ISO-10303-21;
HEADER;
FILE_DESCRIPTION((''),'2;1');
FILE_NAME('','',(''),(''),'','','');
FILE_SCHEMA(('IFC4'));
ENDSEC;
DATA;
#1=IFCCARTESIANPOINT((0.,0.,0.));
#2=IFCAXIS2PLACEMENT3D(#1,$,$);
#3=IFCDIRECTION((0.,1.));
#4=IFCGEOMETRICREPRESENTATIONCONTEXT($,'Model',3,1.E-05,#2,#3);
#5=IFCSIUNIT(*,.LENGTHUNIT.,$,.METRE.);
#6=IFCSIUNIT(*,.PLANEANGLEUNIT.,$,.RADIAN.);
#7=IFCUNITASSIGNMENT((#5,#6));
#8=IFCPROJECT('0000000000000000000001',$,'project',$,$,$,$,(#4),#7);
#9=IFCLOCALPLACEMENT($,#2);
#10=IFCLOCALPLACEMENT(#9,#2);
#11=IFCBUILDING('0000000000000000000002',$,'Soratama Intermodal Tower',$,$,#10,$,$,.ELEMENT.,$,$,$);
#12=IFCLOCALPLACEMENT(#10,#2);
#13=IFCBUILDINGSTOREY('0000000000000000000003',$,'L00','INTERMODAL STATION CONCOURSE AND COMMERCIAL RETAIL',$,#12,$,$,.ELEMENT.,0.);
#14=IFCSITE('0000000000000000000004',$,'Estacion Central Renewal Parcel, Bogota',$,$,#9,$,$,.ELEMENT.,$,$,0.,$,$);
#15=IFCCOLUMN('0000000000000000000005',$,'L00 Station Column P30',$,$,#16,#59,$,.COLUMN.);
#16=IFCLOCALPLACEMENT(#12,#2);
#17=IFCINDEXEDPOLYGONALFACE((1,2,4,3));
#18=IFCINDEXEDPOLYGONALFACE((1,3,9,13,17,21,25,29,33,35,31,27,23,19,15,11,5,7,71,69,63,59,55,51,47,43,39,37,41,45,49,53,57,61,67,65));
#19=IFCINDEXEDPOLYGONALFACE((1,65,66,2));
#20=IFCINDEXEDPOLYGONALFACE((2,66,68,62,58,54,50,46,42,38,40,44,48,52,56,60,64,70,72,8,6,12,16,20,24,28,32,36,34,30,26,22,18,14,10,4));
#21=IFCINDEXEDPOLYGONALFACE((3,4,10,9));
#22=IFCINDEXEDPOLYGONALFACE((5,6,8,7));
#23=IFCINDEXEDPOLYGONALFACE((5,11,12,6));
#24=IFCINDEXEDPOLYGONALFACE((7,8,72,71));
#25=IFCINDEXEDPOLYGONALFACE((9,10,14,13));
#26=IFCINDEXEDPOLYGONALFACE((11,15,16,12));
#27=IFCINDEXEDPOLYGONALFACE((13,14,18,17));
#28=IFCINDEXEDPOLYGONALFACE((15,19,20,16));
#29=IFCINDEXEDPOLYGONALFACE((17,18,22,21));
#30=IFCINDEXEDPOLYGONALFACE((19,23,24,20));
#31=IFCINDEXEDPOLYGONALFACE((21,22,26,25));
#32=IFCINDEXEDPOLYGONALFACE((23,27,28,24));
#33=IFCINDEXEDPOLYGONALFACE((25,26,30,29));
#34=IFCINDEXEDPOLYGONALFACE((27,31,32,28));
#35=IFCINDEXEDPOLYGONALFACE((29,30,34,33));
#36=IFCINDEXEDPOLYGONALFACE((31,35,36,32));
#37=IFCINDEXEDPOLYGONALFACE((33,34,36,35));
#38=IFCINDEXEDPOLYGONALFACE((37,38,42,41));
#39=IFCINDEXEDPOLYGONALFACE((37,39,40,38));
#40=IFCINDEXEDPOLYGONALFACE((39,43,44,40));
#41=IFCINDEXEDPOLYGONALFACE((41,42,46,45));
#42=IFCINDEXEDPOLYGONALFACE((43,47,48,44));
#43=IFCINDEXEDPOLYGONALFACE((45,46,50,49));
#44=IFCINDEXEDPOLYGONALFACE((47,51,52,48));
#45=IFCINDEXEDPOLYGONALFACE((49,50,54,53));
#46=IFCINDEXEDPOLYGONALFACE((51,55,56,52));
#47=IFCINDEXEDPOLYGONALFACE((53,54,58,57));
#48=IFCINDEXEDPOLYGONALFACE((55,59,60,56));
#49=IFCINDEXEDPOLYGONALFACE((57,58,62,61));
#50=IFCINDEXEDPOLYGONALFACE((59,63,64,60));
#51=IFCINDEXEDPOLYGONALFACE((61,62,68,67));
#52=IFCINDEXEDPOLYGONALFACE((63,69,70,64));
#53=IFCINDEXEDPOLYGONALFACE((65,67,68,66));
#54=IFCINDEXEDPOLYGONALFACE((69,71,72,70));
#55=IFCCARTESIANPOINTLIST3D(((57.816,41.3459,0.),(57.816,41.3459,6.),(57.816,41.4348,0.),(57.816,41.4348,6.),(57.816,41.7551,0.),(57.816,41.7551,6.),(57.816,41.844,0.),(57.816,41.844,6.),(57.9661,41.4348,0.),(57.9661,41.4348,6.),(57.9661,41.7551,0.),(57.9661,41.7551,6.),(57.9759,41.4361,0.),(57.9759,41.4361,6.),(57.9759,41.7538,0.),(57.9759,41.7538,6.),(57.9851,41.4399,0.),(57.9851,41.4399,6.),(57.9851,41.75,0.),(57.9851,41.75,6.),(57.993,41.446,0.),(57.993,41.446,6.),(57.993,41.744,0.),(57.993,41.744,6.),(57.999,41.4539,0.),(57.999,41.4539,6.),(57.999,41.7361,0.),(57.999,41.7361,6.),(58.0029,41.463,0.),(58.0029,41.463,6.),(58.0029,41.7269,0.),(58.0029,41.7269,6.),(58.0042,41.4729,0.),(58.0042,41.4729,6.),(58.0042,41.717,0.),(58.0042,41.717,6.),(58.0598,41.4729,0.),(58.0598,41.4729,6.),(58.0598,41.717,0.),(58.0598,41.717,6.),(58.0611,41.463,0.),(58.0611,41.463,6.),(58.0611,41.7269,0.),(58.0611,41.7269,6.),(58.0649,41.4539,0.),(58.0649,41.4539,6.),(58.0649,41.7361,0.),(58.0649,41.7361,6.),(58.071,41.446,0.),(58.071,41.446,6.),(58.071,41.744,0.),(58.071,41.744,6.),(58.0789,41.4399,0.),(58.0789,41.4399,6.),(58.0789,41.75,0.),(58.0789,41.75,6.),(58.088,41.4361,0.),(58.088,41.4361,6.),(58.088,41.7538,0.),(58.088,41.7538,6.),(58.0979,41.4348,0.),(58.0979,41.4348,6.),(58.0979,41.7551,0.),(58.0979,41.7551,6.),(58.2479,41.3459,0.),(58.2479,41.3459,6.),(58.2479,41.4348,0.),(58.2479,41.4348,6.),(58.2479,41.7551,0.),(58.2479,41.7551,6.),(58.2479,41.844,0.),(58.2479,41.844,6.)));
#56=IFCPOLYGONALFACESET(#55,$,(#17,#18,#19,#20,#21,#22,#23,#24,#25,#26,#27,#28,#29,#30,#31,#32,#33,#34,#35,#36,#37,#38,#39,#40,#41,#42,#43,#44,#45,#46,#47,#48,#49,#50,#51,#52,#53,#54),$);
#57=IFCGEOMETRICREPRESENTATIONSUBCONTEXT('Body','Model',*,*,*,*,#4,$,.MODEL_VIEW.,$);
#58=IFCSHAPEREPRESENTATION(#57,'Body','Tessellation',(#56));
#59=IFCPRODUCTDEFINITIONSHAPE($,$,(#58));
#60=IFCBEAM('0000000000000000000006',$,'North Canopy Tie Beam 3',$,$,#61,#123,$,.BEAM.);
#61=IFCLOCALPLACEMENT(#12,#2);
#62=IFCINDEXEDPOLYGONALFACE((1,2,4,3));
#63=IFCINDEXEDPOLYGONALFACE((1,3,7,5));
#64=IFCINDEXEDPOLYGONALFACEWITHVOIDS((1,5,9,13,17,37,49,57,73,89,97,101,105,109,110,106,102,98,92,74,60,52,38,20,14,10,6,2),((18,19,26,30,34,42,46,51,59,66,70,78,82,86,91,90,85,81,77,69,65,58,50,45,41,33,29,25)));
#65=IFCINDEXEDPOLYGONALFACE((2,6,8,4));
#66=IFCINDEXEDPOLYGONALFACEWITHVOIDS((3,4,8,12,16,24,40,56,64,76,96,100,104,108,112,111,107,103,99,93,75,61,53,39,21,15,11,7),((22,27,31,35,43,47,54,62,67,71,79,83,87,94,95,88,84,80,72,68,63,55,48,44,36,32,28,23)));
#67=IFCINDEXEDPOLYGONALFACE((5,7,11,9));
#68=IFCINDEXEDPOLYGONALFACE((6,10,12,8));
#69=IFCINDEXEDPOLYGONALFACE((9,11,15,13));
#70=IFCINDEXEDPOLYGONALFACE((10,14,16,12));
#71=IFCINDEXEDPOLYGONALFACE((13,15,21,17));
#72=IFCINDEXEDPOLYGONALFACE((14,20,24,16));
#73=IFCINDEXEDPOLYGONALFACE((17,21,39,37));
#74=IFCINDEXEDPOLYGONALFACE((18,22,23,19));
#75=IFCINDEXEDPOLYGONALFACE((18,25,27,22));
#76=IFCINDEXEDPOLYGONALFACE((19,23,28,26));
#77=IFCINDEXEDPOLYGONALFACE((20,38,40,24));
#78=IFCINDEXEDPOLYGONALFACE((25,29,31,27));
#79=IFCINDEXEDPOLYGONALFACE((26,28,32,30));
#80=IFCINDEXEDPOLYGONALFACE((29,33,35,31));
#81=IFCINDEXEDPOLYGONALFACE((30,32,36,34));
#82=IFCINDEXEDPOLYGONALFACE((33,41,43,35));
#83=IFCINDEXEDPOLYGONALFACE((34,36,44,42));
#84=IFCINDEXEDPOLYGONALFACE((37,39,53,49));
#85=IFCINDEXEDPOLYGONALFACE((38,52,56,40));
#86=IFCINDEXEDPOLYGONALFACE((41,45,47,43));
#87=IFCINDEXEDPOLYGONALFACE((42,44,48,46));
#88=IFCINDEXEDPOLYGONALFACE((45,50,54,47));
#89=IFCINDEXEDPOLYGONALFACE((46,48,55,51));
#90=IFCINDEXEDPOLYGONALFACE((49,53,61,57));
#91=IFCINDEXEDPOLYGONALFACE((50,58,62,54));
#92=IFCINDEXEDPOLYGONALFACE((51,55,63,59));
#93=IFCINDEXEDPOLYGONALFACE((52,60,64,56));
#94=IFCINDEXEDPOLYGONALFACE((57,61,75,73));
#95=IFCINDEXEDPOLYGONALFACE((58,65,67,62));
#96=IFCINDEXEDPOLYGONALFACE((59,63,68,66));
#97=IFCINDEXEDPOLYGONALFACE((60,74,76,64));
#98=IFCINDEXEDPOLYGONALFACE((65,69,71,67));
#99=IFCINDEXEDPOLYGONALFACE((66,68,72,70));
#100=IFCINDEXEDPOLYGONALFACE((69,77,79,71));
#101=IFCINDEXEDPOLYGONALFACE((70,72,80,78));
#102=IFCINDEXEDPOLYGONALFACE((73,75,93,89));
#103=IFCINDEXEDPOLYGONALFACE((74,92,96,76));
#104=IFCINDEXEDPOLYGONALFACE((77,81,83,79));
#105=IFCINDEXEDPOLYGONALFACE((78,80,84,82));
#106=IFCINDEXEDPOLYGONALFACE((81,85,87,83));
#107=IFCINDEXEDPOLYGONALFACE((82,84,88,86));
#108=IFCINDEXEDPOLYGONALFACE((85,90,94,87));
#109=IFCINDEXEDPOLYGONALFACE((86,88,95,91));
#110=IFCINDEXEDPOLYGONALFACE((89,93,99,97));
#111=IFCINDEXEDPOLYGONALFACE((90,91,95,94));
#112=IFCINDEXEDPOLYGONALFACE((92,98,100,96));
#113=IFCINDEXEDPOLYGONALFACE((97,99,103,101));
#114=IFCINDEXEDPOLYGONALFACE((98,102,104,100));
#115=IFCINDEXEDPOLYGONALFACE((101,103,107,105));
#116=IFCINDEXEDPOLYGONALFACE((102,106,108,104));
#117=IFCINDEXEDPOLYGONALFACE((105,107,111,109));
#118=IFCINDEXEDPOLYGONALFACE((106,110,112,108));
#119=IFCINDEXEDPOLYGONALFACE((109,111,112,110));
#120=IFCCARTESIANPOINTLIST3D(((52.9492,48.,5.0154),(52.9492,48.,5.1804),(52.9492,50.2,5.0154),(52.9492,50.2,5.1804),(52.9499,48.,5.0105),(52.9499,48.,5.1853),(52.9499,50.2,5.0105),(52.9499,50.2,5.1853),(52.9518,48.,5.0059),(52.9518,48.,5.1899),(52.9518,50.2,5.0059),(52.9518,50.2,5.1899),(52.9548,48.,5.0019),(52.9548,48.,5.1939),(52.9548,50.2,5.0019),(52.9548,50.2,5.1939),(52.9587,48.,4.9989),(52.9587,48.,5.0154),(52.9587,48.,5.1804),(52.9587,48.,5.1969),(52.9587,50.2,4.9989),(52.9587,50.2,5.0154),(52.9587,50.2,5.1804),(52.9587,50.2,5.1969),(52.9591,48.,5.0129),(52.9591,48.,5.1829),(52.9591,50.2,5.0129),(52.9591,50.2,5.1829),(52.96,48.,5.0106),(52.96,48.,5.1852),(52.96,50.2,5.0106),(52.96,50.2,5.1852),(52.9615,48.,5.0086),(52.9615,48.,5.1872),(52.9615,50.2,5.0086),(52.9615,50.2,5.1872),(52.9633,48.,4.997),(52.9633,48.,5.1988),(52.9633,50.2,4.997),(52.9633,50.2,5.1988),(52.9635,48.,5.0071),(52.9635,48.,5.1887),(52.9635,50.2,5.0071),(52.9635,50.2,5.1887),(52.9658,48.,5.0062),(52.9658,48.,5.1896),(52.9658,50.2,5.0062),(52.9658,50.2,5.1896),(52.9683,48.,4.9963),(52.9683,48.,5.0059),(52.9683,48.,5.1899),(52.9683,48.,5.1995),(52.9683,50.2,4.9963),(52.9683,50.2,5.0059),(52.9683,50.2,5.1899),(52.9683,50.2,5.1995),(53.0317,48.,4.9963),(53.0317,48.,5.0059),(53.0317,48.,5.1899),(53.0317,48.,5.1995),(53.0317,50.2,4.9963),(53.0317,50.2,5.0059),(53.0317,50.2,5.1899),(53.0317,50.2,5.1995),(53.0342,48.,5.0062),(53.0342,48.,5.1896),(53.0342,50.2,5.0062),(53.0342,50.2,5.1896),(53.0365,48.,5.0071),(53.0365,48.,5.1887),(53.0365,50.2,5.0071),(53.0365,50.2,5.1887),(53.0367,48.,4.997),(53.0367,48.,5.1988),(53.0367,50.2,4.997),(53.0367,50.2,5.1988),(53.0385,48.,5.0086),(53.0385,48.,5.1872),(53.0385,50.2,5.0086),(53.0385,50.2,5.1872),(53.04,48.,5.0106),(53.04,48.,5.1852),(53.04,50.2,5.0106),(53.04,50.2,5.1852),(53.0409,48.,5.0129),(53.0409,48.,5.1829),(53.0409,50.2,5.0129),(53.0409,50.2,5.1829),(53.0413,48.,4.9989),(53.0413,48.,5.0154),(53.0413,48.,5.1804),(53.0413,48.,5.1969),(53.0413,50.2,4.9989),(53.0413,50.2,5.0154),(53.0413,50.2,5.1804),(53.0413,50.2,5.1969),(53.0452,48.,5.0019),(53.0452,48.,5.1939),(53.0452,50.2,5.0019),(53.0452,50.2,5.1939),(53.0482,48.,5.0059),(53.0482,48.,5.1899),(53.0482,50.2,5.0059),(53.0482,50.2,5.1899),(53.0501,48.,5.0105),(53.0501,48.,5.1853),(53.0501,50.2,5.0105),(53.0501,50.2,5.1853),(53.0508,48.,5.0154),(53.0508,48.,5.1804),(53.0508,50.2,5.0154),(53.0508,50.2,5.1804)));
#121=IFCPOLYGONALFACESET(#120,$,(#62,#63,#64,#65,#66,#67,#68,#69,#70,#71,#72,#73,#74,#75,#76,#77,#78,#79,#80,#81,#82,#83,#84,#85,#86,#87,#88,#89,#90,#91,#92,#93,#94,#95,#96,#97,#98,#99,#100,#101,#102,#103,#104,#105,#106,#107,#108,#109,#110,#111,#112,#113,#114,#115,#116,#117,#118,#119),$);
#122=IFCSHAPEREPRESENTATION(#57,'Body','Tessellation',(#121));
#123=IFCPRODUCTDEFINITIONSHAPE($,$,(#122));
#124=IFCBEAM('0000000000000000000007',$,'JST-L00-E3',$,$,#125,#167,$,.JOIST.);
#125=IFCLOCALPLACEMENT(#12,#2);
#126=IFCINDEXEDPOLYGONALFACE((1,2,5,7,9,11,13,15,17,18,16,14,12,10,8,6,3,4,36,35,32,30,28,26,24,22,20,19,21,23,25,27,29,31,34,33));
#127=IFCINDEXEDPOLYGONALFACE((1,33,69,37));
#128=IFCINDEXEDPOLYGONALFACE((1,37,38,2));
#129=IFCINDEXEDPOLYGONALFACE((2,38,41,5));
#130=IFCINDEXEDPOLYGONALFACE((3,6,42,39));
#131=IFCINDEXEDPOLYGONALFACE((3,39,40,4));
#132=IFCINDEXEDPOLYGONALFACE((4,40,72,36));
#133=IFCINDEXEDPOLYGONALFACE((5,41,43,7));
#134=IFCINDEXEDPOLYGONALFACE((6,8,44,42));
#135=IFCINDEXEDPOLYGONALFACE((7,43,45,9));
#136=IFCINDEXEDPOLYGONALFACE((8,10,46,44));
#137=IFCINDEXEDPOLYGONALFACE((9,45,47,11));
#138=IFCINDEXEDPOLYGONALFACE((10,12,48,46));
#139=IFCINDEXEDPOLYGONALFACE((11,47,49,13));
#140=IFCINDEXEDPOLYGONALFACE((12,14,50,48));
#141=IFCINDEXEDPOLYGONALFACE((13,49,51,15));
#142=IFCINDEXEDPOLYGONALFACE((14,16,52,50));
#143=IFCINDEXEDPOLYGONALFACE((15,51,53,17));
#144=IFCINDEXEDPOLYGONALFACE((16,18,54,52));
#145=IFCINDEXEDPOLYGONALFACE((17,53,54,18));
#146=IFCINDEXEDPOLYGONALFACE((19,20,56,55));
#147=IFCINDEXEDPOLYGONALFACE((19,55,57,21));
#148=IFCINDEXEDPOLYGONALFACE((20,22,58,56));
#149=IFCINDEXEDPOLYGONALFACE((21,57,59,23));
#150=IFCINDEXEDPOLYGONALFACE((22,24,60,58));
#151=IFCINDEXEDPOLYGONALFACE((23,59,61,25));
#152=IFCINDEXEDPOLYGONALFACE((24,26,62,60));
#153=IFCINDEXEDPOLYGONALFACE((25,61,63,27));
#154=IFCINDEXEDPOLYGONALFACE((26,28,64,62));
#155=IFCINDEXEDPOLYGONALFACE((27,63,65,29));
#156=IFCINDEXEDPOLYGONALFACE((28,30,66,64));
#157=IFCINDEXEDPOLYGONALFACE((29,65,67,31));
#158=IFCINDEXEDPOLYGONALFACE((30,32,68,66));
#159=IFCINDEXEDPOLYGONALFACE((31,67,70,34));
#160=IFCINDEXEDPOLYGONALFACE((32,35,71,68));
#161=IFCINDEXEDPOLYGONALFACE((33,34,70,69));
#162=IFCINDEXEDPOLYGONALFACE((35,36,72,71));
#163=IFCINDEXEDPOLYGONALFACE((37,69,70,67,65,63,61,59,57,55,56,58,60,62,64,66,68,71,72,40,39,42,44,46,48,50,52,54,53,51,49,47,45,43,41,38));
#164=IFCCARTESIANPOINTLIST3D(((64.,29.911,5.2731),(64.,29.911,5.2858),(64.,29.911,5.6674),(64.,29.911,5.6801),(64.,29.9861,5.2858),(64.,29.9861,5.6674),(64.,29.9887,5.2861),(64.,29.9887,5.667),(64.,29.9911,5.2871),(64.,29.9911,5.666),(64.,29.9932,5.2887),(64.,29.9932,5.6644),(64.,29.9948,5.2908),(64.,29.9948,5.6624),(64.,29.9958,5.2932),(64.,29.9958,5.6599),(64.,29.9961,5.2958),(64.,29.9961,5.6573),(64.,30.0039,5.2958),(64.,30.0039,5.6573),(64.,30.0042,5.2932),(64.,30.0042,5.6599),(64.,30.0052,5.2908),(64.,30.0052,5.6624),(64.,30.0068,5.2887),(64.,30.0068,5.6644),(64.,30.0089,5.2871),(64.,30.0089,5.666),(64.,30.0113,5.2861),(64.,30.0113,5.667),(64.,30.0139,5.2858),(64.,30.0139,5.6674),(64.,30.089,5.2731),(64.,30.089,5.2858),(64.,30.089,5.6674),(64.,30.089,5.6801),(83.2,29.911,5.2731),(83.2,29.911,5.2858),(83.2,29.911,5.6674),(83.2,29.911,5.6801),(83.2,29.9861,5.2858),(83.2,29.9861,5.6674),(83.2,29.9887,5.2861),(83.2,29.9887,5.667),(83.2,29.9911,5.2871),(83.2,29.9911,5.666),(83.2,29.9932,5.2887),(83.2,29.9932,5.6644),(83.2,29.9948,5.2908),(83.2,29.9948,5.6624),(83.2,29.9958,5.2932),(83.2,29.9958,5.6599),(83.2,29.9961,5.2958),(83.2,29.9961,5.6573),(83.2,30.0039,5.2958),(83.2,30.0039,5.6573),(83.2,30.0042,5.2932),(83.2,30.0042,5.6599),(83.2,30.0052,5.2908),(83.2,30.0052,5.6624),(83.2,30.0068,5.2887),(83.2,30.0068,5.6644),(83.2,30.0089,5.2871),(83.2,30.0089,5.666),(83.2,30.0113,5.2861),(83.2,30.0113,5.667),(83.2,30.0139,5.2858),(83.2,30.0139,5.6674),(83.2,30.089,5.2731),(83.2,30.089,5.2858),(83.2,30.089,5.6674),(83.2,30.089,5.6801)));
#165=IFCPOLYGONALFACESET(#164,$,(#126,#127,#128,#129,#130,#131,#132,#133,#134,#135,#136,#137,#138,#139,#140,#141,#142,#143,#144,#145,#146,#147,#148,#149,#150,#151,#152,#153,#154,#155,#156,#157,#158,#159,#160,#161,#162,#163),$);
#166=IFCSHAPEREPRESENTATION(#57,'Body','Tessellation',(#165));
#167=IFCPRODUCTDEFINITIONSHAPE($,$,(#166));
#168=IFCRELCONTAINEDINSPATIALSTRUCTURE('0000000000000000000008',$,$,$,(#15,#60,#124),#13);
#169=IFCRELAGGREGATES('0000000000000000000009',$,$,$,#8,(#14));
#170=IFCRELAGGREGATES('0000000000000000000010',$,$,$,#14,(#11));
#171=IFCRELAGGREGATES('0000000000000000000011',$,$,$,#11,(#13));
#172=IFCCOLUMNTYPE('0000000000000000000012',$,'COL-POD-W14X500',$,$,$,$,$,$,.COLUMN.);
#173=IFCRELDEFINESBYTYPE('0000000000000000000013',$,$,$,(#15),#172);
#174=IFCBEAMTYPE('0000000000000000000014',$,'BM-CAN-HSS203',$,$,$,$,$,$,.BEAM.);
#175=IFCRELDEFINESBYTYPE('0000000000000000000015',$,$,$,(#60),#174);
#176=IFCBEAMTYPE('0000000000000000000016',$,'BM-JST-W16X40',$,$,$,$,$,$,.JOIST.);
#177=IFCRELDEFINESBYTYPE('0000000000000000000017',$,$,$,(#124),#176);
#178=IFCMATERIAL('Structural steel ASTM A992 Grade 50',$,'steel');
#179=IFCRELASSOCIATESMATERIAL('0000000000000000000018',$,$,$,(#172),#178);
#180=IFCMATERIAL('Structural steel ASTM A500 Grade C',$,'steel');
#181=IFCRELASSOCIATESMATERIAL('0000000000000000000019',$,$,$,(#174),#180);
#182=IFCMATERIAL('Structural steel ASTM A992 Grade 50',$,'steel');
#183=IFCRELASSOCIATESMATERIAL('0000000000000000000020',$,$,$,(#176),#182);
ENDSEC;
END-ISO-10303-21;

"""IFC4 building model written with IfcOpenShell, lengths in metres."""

from ifc_helpers import new_model, si_unit, direction, frame, origin, origin_2d, place, context, subcontext, project, spatial, hollow_rectangle, i_section, extrude, material, material_profile, profile_set, type_object, element, save


model = new_model("IFC4")

# Units and contexts
model_context = context("Model", 3, precision=1e-05, world=origin(), true_north=direction((0.0, 1.0)))
body_context = subcontext(model_context, "Body", "Model", "MODEL_VIEW")
ifc_project = project(units=[si_unit("LENGTHUNIT", "METRE"), si_unit("PLANEANGLEUNIT", "RADIAN")], contexts=[model_context])

# Site, building, storey
site_placement = place(None, origin())
site = spatial("IfcSite", under=ifc_project, at=site_placement, Name="Estacion Central Renewal Parcel, Bogota", CompositionType="ELEMENT", RefElevation=0.0)
building_placement = place(site_placement, origin())
building = spatial("IfcBuilding", under=site, at=building_placement, Name="Soratama Intermodal Tower", CompositionType="ELEMENT")
storey_placement = place(building_placement, origin())
storey = spatial("IfcBuildingStorey", under=building, at=storey_placement, Name="L00", Description="INTERMODAL STATION CONCOURSE AND COMMERCIAL RETAIL", CompositionType="ELEMENT", Elevation=0.0)

# Column
ifc_material_1 = material(Name="Structural steel ASTM A992 Grade 50", Category="steel")
ifc_material_profile_1 = material_profile(ifc_material_1, i_section(OverallWidth=0.4319, OverallDepth=0.498, WebThickness=0.0557, FlangeThickness=0.0889, FilletRadius=0.0381, at=origin_2d()), Name="W14X500")
ifc_profile_set_1 = profile_set([ifc_material_profile_1], Name="Structural steel ASTM A992 Grade 50")
column_type_1 = type_object("IfcColumnType", Name="COL-POD-W14X500", PredefinedType="COLUMN", material=ifc_profile_set_1)
for number, where, z_axis, x_axis, name in (
    (1, (58.032, 41.595, 0.0), (0.0, 0.0, 1.0), (1.0, 0.0, 0.0), "L00 Station Column P30"),
):
    element("IfcColumn", number, at=place(storey_placement, frame(where, z_axis=z_axis, x_axis=x_axis)), inside=storey, type_object=column_type_1, Name=name, PredefinedType="COLUMN", context=body_context, shape_type="SweptSolid", body=[
        extrude(i_section(OverallWidth=0.4319, OverallDepth=0.498, WebThickness=0.0557, FlangeThickness=0.0889, FilletRadius=0.0381, at=origin_2d()), origin(), (0.0, 0.0, 1.0), 6.0),
    ])

# Beams
ifc_material_2 = material(Name="Structural steel ASTM A500 Grade C", Category="steel")
ifc_material_profile_2 = material_profile(ifc_material_2, hollow_rectangle(XDim=0.1016, YDim=0.2031, WallThickness=0.0095, InnerFilletRadius=0.0095, OuterFilletRadius=0.019, at=origin_2d()), Name="HSS203X102X9.5")
ifc_profile_set_2 = profile_set([ifc_material_profile_2], Name="Structural steel ASTM A500 Grade C")
beam_type_1 = type_object("IfcBeamType", Name="BM-CAN-HSS203", PredefinedType="BEAM", material=ifc_profile_set_2)
beam_1_placement = place(storey_placement, frame((53.0, 48.0, 5.0979), z_axis=(0.0, 1.0, 0.0), x_axis=(-1.0, 0.0, 0.0)))
element("IfcBeam", 2, at=beam_1_placement, inside=storey, type_object=beam_type_1, Name="North Canopy Tie Beam 3", PredefinedType="BEAM", context=body_context, shape_type="SweptSolid", body=[
    extrude(hollow_rectangle(XDim=0.1016, YDim=0.2031, WallThickness=0.0095, InnerFilletRadius=0.0095, OuterFilletRadius=0.019, at=origin_2d()), origin(), (0.0, 0.0, 1.0), 2.2),
])
ifc_material_3 = material(Name="Structural steel ASTM A992 Grade 50", Category="steel")
ifc_material_profile_3 = material_profile(ifc_material_3, i_section(OverallWidth=0.178, OverallDepth=0.407, WebThickness=0.0078, FlangeThickness=0.0127, FilletRadius=0.01, at=origin_2d()), Name="W16X40")
ifc_profile_set_3 = profile_set([ifc_material_profile_3], Name="Structural steel ASTM A992 Grade 50")
beam_type_2 = type_object("IfcBeamType", Name="BM-JST-W16X40", PredefinedType="JOIST", material=ifc_profile_set_3)
for number, where, z_axis, x_axis, name in (
    (3, (64.0, 30.0, 5.4766), (1.0, 0.0, 0.0), (0.0, 1.0, 0.0), "JST-L00-E3"),
):
    element("IfcBeam", number, at=place(storey_placement, frame(where, z_axis=z_axis, x_axis=x_axis)), inside=storey, type_object=beam_type_2, Name=name, PredefinedType="JOIST", context=body_context, shape_type="SweptSolid", body=[
        extrude(i_section(OverallWidth=0.178, OverallDepth=0.407, WebThickness=0.0078, FlangeThickness=0.0127, FilletRadius=0.01, at=origin_2d()), origin(), (0.0, 0.0, 1.0), 19.2),
    ])

save(model, "model.ifc")
